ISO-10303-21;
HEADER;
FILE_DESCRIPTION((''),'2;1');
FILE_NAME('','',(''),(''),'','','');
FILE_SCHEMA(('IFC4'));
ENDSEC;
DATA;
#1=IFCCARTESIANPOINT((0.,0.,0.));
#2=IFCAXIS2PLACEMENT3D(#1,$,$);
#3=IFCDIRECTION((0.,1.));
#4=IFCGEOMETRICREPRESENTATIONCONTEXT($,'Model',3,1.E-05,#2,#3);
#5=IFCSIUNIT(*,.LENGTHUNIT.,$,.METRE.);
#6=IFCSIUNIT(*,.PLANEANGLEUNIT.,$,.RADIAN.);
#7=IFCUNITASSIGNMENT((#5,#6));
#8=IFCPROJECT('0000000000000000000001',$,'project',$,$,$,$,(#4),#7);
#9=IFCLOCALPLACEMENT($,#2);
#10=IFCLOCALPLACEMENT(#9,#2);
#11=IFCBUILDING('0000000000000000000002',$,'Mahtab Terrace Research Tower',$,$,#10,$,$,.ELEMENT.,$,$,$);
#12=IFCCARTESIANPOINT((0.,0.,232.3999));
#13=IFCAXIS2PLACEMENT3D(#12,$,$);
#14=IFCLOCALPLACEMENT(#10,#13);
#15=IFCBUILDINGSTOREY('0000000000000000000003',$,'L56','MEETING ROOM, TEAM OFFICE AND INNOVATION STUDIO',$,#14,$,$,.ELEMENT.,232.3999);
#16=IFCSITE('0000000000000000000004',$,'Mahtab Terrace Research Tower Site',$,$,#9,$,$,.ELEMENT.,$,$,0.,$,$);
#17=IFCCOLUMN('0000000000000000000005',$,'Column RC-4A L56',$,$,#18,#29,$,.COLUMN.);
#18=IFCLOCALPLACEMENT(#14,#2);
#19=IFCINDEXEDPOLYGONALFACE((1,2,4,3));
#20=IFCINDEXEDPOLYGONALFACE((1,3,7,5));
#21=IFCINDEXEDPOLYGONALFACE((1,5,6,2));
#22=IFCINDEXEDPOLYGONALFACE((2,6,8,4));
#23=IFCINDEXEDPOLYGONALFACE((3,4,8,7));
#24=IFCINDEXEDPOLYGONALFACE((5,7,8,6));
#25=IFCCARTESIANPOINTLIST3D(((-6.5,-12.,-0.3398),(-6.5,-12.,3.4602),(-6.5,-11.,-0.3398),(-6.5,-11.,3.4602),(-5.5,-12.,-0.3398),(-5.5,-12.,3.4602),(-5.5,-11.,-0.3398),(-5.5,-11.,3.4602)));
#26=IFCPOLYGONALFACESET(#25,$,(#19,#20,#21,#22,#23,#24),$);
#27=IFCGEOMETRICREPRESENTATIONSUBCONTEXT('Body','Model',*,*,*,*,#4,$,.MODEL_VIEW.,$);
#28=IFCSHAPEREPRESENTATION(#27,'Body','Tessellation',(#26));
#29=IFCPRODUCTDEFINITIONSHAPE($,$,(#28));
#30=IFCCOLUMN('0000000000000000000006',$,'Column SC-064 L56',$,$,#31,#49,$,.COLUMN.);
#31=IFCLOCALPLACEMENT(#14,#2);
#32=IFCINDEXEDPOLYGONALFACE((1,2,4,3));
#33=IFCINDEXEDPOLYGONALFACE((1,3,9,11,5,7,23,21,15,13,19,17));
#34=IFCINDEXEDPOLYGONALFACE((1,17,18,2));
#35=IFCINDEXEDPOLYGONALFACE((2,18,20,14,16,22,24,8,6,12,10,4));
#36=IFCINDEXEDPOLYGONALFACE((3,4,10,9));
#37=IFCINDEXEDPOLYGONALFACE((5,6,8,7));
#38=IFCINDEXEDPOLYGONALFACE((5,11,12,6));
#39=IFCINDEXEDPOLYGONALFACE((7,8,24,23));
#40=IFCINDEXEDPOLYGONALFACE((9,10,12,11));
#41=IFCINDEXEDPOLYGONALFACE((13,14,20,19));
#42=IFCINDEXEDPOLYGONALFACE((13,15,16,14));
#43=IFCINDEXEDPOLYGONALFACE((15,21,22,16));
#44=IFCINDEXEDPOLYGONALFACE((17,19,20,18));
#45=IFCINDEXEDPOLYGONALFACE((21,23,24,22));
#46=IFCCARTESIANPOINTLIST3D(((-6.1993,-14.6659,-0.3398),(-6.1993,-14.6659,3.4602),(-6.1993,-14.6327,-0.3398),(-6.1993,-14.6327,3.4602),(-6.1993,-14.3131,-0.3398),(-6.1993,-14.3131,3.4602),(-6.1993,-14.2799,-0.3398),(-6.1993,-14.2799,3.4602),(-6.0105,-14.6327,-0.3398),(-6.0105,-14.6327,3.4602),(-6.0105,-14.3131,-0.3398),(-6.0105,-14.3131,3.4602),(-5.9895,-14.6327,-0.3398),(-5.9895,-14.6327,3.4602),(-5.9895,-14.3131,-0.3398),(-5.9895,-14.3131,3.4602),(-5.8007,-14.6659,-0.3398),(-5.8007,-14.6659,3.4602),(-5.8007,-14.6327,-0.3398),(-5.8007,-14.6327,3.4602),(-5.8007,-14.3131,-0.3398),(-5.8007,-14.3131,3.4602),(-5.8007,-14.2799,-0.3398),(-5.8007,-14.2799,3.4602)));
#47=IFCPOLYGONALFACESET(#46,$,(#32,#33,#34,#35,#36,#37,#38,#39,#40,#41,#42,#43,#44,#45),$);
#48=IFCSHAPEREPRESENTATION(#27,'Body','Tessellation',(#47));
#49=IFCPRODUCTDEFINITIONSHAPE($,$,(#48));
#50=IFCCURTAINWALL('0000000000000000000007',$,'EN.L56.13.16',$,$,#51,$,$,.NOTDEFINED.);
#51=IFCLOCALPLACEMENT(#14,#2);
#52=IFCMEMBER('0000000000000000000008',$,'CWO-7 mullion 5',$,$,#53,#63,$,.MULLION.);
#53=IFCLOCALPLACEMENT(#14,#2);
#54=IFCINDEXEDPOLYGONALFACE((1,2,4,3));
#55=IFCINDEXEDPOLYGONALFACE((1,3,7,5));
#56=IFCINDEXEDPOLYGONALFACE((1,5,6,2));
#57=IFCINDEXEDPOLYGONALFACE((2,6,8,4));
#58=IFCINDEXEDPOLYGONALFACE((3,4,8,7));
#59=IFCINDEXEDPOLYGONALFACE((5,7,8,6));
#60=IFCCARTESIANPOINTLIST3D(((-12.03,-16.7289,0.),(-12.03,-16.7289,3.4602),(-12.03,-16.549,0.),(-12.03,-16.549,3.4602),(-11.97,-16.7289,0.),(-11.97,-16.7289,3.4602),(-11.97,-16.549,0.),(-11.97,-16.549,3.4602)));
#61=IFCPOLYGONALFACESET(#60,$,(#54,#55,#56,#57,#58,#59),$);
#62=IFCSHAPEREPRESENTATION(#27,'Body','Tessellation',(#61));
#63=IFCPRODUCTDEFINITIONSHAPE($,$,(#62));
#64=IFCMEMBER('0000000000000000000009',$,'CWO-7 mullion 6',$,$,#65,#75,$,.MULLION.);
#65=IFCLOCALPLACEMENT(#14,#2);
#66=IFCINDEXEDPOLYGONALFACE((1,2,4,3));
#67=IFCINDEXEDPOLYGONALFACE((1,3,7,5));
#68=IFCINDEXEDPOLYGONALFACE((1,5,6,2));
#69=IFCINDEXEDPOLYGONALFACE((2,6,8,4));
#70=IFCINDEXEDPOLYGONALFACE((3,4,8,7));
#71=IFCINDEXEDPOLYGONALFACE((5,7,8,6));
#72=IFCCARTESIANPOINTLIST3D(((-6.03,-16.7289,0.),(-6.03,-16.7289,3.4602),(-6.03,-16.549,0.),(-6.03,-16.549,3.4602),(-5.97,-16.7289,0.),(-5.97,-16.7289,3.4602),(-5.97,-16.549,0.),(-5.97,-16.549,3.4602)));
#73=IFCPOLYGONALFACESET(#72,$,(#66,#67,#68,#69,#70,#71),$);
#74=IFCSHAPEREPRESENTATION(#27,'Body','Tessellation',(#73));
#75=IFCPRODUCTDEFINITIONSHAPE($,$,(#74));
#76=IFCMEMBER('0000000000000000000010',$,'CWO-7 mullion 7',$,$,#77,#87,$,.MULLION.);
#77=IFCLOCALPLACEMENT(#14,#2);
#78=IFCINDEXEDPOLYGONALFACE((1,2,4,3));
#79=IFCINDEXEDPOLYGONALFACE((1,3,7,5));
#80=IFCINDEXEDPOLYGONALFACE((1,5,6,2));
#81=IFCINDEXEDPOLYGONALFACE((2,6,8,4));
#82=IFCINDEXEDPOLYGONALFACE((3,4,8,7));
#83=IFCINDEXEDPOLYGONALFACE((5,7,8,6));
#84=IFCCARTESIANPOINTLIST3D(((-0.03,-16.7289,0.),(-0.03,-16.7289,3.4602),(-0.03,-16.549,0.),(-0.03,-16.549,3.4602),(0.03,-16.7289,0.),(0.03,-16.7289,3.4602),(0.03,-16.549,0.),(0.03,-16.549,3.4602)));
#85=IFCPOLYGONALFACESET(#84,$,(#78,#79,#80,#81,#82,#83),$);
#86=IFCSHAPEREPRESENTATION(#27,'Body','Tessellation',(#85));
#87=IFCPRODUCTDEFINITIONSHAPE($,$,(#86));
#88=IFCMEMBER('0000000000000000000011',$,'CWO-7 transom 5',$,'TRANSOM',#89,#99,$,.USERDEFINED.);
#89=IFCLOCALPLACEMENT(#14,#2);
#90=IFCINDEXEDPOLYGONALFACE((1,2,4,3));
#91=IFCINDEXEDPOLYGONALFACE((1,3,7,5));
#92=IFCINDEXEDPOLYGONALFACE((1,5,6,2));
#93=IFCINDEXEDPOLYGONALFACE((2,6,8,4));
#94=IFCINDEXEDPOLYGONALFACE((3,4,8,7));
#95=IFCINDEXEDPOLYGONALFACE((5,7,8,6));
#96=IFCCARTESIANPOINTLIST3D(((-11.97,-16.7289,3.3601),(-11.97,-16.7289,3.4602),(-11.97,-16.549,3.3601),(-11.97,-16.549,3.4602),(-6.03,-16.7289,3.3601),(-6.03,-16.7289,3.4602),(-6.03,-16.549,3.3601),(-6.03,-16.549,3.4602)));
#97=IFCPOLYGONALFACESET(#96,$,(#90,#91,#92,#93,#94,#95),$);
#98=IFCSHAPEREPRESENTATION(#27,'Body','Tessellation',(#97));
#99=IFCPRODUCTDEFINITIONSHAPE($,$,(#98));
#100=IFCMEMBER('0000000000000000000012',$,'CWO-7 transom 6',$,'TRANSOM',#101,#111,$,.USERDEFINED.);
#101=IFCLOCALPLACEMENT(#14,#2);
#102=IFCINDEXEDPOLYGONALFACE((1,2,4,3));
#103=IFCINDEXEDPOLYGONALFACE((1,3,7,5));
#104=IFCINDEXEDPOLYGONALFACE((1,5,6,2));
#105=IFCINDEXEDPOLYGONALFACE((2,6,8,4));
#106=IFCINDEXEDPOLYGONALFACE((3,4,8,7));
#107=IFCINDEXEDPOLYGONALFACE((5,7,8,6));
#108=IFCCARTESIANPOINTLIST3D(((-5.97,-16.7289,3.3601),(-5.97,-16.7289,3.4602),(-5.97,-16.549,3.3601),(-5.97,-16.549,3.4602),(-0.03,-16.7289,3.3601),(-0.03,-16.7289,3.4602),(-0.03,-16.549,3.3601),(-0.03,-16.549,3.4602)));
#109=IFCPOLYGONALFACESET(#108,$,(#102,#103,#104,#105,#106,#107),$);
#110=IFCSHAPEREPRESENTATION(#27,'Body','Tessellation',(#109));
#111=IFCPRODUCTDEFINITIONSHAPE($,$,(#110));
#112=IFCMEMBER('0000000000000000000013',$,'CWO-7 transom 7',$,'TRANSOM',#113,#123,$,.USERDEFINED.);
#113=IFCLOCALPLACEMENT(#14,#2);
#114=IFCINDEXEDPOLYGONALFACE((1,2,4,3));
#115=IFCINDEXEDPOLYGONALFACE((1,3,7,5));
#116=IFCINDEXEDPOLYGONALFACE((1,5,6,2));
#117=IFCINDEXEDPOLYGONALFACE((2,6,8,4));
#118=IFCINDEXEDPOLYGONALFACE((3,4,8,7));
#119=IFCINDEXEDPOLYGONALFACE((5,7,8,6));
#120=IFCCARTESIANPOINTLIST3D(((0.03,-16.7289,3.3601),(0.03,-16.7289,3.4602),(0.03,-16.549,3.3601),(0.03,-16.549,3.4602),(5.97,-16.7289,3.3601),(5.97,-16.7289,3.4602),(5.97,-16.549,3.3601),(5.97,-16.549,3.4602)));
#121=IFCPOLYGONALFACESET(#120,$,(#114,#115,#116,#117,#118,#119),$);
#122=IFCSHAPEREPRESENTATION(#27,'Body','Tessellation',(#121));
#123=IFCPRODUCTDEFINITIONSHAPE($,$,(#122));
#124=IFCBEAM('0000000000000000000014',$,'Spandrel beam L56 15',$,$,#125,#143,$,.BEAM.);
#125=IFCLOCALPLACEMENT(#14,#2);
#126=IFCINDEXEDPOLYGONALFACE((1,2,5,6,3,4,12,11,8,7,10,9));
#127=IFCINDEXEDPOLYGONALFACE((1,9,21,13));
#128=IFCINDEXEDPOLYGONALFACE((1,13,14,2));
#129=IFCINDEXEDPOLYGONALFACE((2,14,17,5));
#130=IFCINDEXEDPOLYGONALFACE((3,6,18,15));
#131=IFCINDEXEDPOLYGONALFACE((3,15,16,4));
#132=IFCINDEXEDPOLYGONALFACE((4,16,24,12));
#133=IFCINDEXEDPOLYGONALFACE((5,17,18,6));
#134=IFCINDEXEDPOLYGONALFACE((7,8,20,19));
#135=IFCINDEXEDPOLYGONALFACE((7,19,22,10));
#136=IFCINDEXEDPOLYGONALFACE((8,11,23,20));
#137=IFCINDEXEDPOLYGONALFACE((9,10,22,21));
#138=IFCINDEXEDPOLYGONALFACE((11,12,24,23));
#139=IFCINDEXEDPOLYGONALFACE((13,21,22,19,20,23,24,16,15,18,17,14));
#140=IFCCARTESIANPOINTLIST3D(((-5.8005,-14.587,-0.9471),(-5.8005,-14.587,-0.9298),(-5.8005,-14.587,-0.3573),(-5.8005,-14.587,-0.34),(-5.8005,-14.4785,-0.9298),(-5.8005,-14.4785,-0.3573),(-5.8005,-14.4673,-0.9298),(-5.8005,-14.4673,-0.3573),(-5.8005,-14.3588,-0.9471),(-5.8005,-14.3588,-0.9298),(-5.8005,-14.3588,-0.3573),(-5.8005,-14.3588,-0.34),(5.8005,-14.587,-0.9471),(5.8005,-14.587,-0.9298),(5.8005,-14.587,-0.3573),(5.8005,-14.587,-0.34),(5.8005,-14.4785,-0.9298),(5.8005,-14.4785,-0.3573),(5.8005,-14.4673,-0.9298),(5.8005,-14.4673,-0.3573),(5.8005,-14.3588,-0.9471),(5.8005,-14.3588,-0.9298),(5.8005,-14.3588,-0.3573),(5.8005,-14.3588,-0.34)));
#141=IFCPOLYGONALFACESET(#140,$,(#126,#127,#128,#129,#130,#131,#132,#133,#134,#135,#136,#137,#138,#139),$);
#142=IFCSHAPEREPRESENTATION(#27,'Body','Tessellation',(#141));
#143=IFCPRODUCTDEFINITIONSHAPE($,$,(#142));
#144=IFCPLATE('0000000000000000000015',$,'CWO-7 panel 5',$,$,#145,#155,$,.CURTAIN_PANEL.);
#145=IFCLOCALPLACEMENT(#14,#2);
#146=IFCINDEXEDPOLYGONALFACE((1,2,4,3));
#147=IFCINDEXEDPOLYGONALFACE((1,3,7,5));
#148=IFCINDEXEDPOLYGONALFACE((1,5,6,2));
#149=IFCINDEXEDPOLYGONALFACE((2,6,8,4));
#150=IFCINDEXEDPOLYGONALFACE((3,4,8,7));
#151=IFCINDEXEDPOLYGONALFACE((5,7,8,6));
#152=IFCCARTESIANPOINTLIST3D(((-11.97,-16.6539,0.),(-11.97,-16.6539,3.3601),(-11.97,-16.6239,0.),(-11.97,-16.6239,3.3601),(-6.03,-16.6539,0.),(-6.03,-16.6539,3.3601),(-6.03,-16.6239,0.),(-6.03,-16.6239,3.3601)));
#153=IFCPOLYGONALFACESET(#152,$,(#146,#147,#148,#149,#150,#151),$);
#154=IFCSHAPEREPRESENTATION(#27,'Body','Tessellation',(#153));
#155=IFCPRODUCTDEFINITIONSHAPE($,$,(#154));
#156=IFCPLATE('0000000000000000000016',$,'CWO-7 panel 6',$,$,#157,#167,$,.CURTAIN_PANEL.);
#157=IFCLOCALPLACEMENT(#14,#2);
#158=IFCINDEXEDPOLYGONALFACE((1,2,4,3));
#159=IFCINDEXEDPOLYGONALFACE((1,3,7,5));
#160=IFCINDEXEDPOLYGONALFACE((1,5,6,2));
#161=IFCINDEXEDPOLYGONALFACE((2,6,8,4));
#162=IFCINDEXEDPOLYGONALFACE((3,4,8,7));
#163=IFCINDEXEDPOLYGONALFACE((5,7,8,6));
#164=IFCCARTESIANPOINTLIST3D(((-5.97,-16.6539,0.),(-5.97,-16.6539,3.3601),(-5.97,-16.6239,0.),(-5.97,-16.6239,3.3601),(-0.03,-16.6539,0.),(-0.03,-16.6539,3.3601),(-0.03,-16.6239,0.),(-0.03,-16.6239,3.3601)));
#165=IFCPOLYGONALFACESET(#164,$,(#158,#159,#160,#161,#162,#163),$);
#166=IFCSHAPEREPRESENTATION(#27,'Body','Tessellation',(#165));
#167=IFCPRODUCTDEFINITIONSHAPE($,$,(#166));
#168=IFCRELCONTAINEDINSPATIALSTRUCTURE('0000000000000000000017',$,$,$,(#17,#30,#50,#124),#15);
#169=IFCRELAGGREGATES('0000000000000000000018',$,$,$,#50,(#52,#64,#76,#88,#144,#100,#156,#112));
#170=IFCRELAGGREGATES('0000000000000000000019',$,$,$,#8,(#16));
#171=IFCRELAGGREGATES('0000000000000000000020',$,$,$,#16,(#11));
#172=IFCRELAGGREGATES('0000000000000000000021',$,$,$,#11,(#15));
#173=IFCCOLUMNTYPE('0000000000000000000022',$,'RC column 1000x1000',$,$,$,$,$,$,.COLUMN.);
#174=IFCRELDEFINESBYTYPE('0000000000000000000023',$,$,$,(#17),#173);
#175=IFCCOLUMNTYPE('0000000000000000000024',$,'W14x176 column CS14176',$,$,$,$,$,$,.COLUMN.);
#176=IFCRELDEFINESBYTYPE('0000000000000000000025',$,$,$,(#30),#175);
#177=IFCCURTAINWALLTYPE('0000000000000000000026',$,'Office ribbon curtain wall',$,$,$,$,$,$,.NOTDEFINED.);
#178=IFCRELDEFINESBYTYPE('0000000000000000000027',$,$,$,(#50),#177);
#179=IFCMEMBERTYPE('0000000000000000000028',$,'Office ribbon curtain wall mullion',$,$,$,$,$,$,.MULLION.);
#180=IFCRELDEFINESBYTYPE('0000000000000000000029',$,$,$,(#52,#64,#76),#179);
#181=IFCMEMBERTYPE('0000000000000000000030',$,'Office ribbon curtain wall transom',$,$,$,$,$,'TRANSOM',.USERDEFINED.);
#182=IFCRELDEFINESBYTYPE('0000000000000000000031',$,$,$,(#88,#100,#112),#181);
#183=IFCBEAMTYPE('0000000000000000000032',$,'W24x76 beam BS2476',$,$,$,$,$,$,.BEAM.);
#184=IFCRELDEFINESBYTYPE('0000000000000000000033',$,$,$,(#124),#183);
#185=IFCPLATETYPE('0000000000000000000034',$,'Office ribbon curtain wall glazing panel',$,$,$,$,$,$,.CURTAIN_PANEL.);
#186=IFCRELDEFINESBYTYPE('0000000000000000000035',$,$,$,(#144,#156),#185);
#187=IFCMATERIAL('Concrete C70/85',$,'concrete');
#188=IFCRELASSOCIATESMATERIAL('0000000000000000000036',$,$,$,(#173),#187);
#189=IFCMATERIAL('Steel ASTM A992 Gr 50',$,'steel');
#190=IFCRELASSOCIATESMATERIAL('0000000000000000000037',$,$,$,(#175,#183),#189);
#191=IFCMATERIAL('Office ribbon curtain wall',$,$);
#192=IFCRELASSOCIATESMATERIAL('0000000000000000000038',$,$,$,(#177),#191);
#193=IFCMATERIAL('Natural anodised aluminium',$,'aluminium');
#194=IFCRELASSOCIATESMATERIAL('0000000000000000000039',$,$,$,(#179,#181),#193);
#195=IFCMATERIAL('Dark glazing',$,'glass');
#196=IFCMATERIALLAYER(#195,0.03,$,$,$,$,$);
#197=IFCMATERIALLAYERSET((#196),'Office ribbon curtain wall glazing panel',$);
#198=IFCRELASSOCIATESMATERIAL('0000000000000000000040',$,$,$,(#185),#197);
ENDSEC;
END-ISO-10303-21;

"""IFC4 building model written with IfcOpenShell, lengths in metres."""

from ifc_helpers import new_model, si_unit, direction, frame, origin, origin_2d, place, context, subcontext, project, spatial, rectangle, i_section, extrude, material, layer, layer_set, material_profile, profile_set, type_object, element, aggregate, save


model = new_model("IFC4")

# Units and contexts
model_context = context("Model", 3, precision=1e-05, world=origin(), true_north=direction((0.0, 1.0)))
body_context = subcontext(model_context, "Body", "Model", "MODEL_VIEW")
ifc_project = project(units=[si_unit("LENGTHUNIT", "METRE"), si_unit("PLANEANGLEUNIT", "RADIAN")], contexts=[model_context])

# Site, building, storey
site_placement = place(None, origin())
site = spatial("IfcSite", under=ifc_project, at=site_placement, Name="Mahtab Terrace Research Tower Site", CompositionType="ELEMENT", RefElevation=0.0)
building_placement = place(site_placement, origin())
building = spatial("IfcBuilding", under=site, at=building_placement, Name="Mahtab Terrace Research Tower", CompositionType="ELEMENT")
storey_placement = place(building_placement, frame((0.0, 0.0, 232.3999)))
storey = spatial("IfcBuildingStorey", under=building, at=storey_placement, Name="L56", Description="MEETING ROOM, TEAM OFFICE AND INNOVATION STUDIO", CompositionType="ELEMENT", Elevation=232.3999)

# Columns
ifc_material_1 = material(Name="Concrete C70/85", Category="concrete")
ifc_material_profile_1 = material_profile(ifc_material_1, rectangle(XDim=1.0, YDim=1.0, at=origin_2d()), Name="RC column 1000x1000")
ifc_profile_set_1 = profile_set([ifc_material_profile_1], Name="Concrete C70/85")
column_type_1 = type_object("IfcColumnType", Name="RC column 1000x1000", PredefinedType="COLUMN", material=ifc_profile_set_1)
column_1_placement = place(storey_placement, frame((-6.0, -11.5, -0.3398), z_axis=(0.0, 0.0, 1.0), x_axis=(1.0, 0.0, 0.0)))
element("IfcColumn", 1, at=column_1_placement, inside=storey, type_object=column_type_1, Name="Column RC-4A L56", PredefinedType="COLUMN", context=body_context, shape_type="SweptSolid", body=[
    extrude(rectangle(XDim=1.0, YDim=1.0, at=origin_2d()), origin(), (0.0, 0.0, 1.0), 3.8),
])
ifc_material_2 = material(Name="Steel ASTM A992 Gr 50", Category="steel")
ifc_material_profile_2 = material_profile(ifc_material_2, i_section(OverallWidth=0.3987, OverallDepth=0.386, WebThickness=0.021, FlangeThickness=0.0332, at=origin_2d()), Name="W14X176")
ifc_profile_set_2 = profile_set([ifc_material_profile_2], Name="Steel ASTM A992 Gr 50")
column_type_2 = type_object("IfcColumnType", Name="W14x176 column CS14176", PredefinedType="COLUMN", material=ifc_profile_set_2)
column_2_placement = place(storey_placement, frame((-6.0, -14.4729, -0.3398), z_axis=(0.0, 0.0, 1.0), x_axis=(1.0, 0.0, 0.0)))
element("IfcColumn", 2, at=column_2_placement, inside=storey, type_object=column_type_2, Name="Column SC-064 L56", PredefinedType="COLUMN", context=body_context, shape_type="SweptSolid", body=[
    extrude(i_section(OverallWidth=0.3987, OverallDepth=0.386, WebThickness=0.021, FlangeThickness=0.0332, at=origin_2d()), origin(), (0.0, 0.0, 1.0), 3.8),
])

# Curtain wall, members
ifc_material_3 = material(Name="Office ribbon curtain wall")
curtain_wall_type = type_object("IfcCurtainWallType", Name="Office ribbon curtain wall", PredefinedType="NOTDEFINED", material=ifc_material_3)
curtain_wall_placement = place(storey_placement, origin())
curtain_wall = element("IfcCurtainWall", 3, at=curtain_wall_placement, inside=storey, type_object=curtain_wall_type, Name="EN.L56.13.16", PredefinedType="NOTDEFINED")
ifc_material_4 = material(Name="Natural anodised aluminium", Category="aluminium")
ifc_material_profile_3 = material_profile(ifc_material_4, rectangle(XDim=0.1799, YDim=0.0601, at=origin_2d()), Name="MULLION 60x180")
ifc_profile_set_3 = profile_set([ifc_material_profile_3], Name="Natural anodised aluminium")
member_type_1 = type_object("IfcMemberType", Name="Office ribbon curtain wall mullion", PredefinedType="MULLION", material=ifc_profile_set_3)
member_1_placement = place(storey_placement, frame((-12.0, -16.6389, 0.0), z_axis=(0.0, 0.0, 1.0), x_axis=(0.0, 1.0, 0.0)))
member_1 = element("IfcMember", 4, at=member_1_placement, type_object=member_type_1, Name="CWO-7 mullion 5", PredefinedType="MULLION", context=body_context, shape_type="SweptSolid", body=[
    extrude(rectangle(XDim=0.1799, YDim=0.0601, at=origin_2d()), origin(), (0.0, 0.0, 1.0), 3.4602),
])
member_2_placement = place(storey_placement, frame((-6.0, -16.6389, 0.0), z_axis=(0.0, 0.0, 1.0), x_axis=(0.0, 1.0, 0.0)))
member_2 = element("IfcMember", 5, at=member_2_placement, type_object=member_type_1, Name="CWO-7 mullion 6", PredefinedType="MULLION", context=body_context, shape_type="SweptSolid", body=[
    extrude(rectangle(XDim=0.1799, YDim=0.0601, at=origin_2d()), origin(), (0.0, 0.0, 1.0), 3.4602),
])
member_3_placement = place(storey_placement, frame((0.0, -16.6389, 0.0), z_axis=(0.0, 0.0, 1.0), x_axis=(0.0, 1.0, 0.0)))
member_3 = element("IfcMember", 6, at=member_3_placement, type_object=member_type_1, Name="CWO-7 mullion 7", PredefinedType="MULLION", context=body_context, shape_type="SweptSolid", body=[
    extrude(rectangle(XDim=0.1799, YDim=0.0601, at=origin_2d()), origin(), (0.0, 0.0, 1.0), 3.4602),
])
ifc_material_profile_4 = material_profile(ifc_material_4, rectangle(XDim=0.1799, YDim=0.1001, at=origin_2d()), Name="TRANSOM 100x180")
ifc_profile_set_4 = profile_set([ifc_material_profile_4], Name="Natural anodised aluminium")
member_type_2 = type_object("IfcMemberType", Name="Office ribbon curtain wall transom", ElementType="TRANSOM", PredefinedType="USERDEFINED", material=ifc_profile_set_4)
member_4_placement = place(storey_placement, frame((-11.97, -16.6389, 3.4102), z_axis=(1.0, 0.0, 0.0), x_axis=(0.0, 1.0, 0.0)))
member_4 = element("IfcMember", 7, at=member_4_placement, type_object=member_type_2, Name="CWO-7 transom 5", ObjectType="TRANSOM", PredefinedType="USERDEFINED", context=body_context, shape_type="SweptSolid", body=[
    extrude(rectangle(XDim=0.1799, YDim=0.1001, at=origin_2d()), origin(), (0.0, 0.0, 1.0), 5.9399),
])
member_5_placement = place(storey_placement, frame((-5.97, -16.6389, 3.4102), z_axis=(1.0, 0.0, 0.0), x_axis=(0.0, 1.0, 0.0)))
member_5 = element("IfcMember", 8, at=member_5_placement, type_object=member_type_2, Name="CWO-7 transom 6", ObjectType="TRANSOM", PredefinedType="USERDEFINED", context=body_context, shape_type="SweptSolid", body=[
    extrude(rectangle(XDim=0.1799, YDim=0.1001, at=origin_2d()), origin(), (0.0, 0.0, 1.0), 5.9399),
])
member_6_placement = place(storey_placement, frame((0.03, -16.6389, 3.4102), z_axis=(1.0, 0.0, 0.0), x_axis=(0.0, 1.0, 0.0)))
member_6 = element("IfcMember", 9, at=member_6_placement, type_object=member_type_2, Name="CWO-7 transom 7", ObjectType="TRANSOM", PredefinedType="USERDEFINED", context=body_context, shape_type="SweptSolid", body=[
    extrude(rectangle(XDim=0.1799, YDim=0.1001, at=origin_2d()), origin(), (0.0, 0.0, 1.0), 5.9399),
])

# Beam
ifc_material_profile_5 = material_profile(ifc_material_2, i_section(OverallWidth=0.2283, OverallDepth=0.6072, WebThickness=0.0112, FlangeThickness=0.0173, at=origin_2d()), Name="W24X76")
ifc_profile_set_5 = profile_set([ifc_material_profile_5], Name="Steel ASTM A992 Gr 50")
beam_type = type_object("IfcBeamType", Name="W24x76 beam BS2476", PredefinedType="BEAM", material=ifc_profile_set_5)
beam_placement = place(storey_placement, frame((-5.8005, -14.4729, -0.6436), z_axis=(1.0, 0.0, 0.0), x_axis=(0.0, 1.0, 0.0)))
element("IfcBeam", 10, at=beam_placement, inside=storey, type_object=beam_type, Name="Spandrel beam L56 15", PredefinedType="BEAM", context=body_context, shape_type="SweptSolid", body=[
    extrude(i_section(OverallWidth=0.2283, OverallDepth=0.6072, WebThickness=0.0112, FlangeThickness=0.0173, at=origin_2d()), origin(), (0.0, 0.0, 1.0), 11.6011),
])

# Plates
ifc_material_5 = material(Name="Dark glazing", Category="glass")
ifc_layer_1 = layer(ifc_material_5, 0.03)
ifc_layer_set_1 = layer_set([ifc_layer_1], Name="Office ribbon curtain wall glazing panel")
plate_type = type_object("IfcPlateType", Name="Office ribbon curtain wall glazing panel", PredefinedType="CURTAIN_PANEL", material=ifc_layer_set_1)
plate_1_placement = place(storey_placement, frame((-9.0, -16.6389, 0.0), z_axis=(0.0, 0.0, 1.0), x_axis=(1.0, 0.0, 0.0)))
plate_1 = element("IfcPlate", 11, at=plate_1_placement, type_object=plate_type, Name="CWO-7 panel 5", PredefinedType="CURTAIN_PANEL", context=body_context, shape_type="SweptSolid", body=[
    extrude(rectangle(XDim=5.9399, YDim=0.03, at=origin_2d()), origin(), (0.0, 0.0, 1.0), 3.3601),
])
plate_2_placement = place(storey_placement, frame((-3.0, -16.6389, 0.0), z_axis=(0.0, 0.0, 1.0), x_axis=(1.0, 0.0, 0.0)))
plate_2 = element("IfcPlate", 12, at=plate_2_placement, type_object=plate_type, Name="CWO-7 panel 6", PredefinedType="CURTAIN_PANEL", context=body_context, shape_type="SweptSolid", body=[
    extrude(rectangle(XDim=5.9399, YDim=0.03, at=origin_2d()), origin(), (0.0, 0.0, 1.0), 3.3601),
])
aggregate(curtain_wall, [member_1, member_2, member_3, member_4, plate_1, member_5, plate_2, member_6])

save(model, "model.ifc")
